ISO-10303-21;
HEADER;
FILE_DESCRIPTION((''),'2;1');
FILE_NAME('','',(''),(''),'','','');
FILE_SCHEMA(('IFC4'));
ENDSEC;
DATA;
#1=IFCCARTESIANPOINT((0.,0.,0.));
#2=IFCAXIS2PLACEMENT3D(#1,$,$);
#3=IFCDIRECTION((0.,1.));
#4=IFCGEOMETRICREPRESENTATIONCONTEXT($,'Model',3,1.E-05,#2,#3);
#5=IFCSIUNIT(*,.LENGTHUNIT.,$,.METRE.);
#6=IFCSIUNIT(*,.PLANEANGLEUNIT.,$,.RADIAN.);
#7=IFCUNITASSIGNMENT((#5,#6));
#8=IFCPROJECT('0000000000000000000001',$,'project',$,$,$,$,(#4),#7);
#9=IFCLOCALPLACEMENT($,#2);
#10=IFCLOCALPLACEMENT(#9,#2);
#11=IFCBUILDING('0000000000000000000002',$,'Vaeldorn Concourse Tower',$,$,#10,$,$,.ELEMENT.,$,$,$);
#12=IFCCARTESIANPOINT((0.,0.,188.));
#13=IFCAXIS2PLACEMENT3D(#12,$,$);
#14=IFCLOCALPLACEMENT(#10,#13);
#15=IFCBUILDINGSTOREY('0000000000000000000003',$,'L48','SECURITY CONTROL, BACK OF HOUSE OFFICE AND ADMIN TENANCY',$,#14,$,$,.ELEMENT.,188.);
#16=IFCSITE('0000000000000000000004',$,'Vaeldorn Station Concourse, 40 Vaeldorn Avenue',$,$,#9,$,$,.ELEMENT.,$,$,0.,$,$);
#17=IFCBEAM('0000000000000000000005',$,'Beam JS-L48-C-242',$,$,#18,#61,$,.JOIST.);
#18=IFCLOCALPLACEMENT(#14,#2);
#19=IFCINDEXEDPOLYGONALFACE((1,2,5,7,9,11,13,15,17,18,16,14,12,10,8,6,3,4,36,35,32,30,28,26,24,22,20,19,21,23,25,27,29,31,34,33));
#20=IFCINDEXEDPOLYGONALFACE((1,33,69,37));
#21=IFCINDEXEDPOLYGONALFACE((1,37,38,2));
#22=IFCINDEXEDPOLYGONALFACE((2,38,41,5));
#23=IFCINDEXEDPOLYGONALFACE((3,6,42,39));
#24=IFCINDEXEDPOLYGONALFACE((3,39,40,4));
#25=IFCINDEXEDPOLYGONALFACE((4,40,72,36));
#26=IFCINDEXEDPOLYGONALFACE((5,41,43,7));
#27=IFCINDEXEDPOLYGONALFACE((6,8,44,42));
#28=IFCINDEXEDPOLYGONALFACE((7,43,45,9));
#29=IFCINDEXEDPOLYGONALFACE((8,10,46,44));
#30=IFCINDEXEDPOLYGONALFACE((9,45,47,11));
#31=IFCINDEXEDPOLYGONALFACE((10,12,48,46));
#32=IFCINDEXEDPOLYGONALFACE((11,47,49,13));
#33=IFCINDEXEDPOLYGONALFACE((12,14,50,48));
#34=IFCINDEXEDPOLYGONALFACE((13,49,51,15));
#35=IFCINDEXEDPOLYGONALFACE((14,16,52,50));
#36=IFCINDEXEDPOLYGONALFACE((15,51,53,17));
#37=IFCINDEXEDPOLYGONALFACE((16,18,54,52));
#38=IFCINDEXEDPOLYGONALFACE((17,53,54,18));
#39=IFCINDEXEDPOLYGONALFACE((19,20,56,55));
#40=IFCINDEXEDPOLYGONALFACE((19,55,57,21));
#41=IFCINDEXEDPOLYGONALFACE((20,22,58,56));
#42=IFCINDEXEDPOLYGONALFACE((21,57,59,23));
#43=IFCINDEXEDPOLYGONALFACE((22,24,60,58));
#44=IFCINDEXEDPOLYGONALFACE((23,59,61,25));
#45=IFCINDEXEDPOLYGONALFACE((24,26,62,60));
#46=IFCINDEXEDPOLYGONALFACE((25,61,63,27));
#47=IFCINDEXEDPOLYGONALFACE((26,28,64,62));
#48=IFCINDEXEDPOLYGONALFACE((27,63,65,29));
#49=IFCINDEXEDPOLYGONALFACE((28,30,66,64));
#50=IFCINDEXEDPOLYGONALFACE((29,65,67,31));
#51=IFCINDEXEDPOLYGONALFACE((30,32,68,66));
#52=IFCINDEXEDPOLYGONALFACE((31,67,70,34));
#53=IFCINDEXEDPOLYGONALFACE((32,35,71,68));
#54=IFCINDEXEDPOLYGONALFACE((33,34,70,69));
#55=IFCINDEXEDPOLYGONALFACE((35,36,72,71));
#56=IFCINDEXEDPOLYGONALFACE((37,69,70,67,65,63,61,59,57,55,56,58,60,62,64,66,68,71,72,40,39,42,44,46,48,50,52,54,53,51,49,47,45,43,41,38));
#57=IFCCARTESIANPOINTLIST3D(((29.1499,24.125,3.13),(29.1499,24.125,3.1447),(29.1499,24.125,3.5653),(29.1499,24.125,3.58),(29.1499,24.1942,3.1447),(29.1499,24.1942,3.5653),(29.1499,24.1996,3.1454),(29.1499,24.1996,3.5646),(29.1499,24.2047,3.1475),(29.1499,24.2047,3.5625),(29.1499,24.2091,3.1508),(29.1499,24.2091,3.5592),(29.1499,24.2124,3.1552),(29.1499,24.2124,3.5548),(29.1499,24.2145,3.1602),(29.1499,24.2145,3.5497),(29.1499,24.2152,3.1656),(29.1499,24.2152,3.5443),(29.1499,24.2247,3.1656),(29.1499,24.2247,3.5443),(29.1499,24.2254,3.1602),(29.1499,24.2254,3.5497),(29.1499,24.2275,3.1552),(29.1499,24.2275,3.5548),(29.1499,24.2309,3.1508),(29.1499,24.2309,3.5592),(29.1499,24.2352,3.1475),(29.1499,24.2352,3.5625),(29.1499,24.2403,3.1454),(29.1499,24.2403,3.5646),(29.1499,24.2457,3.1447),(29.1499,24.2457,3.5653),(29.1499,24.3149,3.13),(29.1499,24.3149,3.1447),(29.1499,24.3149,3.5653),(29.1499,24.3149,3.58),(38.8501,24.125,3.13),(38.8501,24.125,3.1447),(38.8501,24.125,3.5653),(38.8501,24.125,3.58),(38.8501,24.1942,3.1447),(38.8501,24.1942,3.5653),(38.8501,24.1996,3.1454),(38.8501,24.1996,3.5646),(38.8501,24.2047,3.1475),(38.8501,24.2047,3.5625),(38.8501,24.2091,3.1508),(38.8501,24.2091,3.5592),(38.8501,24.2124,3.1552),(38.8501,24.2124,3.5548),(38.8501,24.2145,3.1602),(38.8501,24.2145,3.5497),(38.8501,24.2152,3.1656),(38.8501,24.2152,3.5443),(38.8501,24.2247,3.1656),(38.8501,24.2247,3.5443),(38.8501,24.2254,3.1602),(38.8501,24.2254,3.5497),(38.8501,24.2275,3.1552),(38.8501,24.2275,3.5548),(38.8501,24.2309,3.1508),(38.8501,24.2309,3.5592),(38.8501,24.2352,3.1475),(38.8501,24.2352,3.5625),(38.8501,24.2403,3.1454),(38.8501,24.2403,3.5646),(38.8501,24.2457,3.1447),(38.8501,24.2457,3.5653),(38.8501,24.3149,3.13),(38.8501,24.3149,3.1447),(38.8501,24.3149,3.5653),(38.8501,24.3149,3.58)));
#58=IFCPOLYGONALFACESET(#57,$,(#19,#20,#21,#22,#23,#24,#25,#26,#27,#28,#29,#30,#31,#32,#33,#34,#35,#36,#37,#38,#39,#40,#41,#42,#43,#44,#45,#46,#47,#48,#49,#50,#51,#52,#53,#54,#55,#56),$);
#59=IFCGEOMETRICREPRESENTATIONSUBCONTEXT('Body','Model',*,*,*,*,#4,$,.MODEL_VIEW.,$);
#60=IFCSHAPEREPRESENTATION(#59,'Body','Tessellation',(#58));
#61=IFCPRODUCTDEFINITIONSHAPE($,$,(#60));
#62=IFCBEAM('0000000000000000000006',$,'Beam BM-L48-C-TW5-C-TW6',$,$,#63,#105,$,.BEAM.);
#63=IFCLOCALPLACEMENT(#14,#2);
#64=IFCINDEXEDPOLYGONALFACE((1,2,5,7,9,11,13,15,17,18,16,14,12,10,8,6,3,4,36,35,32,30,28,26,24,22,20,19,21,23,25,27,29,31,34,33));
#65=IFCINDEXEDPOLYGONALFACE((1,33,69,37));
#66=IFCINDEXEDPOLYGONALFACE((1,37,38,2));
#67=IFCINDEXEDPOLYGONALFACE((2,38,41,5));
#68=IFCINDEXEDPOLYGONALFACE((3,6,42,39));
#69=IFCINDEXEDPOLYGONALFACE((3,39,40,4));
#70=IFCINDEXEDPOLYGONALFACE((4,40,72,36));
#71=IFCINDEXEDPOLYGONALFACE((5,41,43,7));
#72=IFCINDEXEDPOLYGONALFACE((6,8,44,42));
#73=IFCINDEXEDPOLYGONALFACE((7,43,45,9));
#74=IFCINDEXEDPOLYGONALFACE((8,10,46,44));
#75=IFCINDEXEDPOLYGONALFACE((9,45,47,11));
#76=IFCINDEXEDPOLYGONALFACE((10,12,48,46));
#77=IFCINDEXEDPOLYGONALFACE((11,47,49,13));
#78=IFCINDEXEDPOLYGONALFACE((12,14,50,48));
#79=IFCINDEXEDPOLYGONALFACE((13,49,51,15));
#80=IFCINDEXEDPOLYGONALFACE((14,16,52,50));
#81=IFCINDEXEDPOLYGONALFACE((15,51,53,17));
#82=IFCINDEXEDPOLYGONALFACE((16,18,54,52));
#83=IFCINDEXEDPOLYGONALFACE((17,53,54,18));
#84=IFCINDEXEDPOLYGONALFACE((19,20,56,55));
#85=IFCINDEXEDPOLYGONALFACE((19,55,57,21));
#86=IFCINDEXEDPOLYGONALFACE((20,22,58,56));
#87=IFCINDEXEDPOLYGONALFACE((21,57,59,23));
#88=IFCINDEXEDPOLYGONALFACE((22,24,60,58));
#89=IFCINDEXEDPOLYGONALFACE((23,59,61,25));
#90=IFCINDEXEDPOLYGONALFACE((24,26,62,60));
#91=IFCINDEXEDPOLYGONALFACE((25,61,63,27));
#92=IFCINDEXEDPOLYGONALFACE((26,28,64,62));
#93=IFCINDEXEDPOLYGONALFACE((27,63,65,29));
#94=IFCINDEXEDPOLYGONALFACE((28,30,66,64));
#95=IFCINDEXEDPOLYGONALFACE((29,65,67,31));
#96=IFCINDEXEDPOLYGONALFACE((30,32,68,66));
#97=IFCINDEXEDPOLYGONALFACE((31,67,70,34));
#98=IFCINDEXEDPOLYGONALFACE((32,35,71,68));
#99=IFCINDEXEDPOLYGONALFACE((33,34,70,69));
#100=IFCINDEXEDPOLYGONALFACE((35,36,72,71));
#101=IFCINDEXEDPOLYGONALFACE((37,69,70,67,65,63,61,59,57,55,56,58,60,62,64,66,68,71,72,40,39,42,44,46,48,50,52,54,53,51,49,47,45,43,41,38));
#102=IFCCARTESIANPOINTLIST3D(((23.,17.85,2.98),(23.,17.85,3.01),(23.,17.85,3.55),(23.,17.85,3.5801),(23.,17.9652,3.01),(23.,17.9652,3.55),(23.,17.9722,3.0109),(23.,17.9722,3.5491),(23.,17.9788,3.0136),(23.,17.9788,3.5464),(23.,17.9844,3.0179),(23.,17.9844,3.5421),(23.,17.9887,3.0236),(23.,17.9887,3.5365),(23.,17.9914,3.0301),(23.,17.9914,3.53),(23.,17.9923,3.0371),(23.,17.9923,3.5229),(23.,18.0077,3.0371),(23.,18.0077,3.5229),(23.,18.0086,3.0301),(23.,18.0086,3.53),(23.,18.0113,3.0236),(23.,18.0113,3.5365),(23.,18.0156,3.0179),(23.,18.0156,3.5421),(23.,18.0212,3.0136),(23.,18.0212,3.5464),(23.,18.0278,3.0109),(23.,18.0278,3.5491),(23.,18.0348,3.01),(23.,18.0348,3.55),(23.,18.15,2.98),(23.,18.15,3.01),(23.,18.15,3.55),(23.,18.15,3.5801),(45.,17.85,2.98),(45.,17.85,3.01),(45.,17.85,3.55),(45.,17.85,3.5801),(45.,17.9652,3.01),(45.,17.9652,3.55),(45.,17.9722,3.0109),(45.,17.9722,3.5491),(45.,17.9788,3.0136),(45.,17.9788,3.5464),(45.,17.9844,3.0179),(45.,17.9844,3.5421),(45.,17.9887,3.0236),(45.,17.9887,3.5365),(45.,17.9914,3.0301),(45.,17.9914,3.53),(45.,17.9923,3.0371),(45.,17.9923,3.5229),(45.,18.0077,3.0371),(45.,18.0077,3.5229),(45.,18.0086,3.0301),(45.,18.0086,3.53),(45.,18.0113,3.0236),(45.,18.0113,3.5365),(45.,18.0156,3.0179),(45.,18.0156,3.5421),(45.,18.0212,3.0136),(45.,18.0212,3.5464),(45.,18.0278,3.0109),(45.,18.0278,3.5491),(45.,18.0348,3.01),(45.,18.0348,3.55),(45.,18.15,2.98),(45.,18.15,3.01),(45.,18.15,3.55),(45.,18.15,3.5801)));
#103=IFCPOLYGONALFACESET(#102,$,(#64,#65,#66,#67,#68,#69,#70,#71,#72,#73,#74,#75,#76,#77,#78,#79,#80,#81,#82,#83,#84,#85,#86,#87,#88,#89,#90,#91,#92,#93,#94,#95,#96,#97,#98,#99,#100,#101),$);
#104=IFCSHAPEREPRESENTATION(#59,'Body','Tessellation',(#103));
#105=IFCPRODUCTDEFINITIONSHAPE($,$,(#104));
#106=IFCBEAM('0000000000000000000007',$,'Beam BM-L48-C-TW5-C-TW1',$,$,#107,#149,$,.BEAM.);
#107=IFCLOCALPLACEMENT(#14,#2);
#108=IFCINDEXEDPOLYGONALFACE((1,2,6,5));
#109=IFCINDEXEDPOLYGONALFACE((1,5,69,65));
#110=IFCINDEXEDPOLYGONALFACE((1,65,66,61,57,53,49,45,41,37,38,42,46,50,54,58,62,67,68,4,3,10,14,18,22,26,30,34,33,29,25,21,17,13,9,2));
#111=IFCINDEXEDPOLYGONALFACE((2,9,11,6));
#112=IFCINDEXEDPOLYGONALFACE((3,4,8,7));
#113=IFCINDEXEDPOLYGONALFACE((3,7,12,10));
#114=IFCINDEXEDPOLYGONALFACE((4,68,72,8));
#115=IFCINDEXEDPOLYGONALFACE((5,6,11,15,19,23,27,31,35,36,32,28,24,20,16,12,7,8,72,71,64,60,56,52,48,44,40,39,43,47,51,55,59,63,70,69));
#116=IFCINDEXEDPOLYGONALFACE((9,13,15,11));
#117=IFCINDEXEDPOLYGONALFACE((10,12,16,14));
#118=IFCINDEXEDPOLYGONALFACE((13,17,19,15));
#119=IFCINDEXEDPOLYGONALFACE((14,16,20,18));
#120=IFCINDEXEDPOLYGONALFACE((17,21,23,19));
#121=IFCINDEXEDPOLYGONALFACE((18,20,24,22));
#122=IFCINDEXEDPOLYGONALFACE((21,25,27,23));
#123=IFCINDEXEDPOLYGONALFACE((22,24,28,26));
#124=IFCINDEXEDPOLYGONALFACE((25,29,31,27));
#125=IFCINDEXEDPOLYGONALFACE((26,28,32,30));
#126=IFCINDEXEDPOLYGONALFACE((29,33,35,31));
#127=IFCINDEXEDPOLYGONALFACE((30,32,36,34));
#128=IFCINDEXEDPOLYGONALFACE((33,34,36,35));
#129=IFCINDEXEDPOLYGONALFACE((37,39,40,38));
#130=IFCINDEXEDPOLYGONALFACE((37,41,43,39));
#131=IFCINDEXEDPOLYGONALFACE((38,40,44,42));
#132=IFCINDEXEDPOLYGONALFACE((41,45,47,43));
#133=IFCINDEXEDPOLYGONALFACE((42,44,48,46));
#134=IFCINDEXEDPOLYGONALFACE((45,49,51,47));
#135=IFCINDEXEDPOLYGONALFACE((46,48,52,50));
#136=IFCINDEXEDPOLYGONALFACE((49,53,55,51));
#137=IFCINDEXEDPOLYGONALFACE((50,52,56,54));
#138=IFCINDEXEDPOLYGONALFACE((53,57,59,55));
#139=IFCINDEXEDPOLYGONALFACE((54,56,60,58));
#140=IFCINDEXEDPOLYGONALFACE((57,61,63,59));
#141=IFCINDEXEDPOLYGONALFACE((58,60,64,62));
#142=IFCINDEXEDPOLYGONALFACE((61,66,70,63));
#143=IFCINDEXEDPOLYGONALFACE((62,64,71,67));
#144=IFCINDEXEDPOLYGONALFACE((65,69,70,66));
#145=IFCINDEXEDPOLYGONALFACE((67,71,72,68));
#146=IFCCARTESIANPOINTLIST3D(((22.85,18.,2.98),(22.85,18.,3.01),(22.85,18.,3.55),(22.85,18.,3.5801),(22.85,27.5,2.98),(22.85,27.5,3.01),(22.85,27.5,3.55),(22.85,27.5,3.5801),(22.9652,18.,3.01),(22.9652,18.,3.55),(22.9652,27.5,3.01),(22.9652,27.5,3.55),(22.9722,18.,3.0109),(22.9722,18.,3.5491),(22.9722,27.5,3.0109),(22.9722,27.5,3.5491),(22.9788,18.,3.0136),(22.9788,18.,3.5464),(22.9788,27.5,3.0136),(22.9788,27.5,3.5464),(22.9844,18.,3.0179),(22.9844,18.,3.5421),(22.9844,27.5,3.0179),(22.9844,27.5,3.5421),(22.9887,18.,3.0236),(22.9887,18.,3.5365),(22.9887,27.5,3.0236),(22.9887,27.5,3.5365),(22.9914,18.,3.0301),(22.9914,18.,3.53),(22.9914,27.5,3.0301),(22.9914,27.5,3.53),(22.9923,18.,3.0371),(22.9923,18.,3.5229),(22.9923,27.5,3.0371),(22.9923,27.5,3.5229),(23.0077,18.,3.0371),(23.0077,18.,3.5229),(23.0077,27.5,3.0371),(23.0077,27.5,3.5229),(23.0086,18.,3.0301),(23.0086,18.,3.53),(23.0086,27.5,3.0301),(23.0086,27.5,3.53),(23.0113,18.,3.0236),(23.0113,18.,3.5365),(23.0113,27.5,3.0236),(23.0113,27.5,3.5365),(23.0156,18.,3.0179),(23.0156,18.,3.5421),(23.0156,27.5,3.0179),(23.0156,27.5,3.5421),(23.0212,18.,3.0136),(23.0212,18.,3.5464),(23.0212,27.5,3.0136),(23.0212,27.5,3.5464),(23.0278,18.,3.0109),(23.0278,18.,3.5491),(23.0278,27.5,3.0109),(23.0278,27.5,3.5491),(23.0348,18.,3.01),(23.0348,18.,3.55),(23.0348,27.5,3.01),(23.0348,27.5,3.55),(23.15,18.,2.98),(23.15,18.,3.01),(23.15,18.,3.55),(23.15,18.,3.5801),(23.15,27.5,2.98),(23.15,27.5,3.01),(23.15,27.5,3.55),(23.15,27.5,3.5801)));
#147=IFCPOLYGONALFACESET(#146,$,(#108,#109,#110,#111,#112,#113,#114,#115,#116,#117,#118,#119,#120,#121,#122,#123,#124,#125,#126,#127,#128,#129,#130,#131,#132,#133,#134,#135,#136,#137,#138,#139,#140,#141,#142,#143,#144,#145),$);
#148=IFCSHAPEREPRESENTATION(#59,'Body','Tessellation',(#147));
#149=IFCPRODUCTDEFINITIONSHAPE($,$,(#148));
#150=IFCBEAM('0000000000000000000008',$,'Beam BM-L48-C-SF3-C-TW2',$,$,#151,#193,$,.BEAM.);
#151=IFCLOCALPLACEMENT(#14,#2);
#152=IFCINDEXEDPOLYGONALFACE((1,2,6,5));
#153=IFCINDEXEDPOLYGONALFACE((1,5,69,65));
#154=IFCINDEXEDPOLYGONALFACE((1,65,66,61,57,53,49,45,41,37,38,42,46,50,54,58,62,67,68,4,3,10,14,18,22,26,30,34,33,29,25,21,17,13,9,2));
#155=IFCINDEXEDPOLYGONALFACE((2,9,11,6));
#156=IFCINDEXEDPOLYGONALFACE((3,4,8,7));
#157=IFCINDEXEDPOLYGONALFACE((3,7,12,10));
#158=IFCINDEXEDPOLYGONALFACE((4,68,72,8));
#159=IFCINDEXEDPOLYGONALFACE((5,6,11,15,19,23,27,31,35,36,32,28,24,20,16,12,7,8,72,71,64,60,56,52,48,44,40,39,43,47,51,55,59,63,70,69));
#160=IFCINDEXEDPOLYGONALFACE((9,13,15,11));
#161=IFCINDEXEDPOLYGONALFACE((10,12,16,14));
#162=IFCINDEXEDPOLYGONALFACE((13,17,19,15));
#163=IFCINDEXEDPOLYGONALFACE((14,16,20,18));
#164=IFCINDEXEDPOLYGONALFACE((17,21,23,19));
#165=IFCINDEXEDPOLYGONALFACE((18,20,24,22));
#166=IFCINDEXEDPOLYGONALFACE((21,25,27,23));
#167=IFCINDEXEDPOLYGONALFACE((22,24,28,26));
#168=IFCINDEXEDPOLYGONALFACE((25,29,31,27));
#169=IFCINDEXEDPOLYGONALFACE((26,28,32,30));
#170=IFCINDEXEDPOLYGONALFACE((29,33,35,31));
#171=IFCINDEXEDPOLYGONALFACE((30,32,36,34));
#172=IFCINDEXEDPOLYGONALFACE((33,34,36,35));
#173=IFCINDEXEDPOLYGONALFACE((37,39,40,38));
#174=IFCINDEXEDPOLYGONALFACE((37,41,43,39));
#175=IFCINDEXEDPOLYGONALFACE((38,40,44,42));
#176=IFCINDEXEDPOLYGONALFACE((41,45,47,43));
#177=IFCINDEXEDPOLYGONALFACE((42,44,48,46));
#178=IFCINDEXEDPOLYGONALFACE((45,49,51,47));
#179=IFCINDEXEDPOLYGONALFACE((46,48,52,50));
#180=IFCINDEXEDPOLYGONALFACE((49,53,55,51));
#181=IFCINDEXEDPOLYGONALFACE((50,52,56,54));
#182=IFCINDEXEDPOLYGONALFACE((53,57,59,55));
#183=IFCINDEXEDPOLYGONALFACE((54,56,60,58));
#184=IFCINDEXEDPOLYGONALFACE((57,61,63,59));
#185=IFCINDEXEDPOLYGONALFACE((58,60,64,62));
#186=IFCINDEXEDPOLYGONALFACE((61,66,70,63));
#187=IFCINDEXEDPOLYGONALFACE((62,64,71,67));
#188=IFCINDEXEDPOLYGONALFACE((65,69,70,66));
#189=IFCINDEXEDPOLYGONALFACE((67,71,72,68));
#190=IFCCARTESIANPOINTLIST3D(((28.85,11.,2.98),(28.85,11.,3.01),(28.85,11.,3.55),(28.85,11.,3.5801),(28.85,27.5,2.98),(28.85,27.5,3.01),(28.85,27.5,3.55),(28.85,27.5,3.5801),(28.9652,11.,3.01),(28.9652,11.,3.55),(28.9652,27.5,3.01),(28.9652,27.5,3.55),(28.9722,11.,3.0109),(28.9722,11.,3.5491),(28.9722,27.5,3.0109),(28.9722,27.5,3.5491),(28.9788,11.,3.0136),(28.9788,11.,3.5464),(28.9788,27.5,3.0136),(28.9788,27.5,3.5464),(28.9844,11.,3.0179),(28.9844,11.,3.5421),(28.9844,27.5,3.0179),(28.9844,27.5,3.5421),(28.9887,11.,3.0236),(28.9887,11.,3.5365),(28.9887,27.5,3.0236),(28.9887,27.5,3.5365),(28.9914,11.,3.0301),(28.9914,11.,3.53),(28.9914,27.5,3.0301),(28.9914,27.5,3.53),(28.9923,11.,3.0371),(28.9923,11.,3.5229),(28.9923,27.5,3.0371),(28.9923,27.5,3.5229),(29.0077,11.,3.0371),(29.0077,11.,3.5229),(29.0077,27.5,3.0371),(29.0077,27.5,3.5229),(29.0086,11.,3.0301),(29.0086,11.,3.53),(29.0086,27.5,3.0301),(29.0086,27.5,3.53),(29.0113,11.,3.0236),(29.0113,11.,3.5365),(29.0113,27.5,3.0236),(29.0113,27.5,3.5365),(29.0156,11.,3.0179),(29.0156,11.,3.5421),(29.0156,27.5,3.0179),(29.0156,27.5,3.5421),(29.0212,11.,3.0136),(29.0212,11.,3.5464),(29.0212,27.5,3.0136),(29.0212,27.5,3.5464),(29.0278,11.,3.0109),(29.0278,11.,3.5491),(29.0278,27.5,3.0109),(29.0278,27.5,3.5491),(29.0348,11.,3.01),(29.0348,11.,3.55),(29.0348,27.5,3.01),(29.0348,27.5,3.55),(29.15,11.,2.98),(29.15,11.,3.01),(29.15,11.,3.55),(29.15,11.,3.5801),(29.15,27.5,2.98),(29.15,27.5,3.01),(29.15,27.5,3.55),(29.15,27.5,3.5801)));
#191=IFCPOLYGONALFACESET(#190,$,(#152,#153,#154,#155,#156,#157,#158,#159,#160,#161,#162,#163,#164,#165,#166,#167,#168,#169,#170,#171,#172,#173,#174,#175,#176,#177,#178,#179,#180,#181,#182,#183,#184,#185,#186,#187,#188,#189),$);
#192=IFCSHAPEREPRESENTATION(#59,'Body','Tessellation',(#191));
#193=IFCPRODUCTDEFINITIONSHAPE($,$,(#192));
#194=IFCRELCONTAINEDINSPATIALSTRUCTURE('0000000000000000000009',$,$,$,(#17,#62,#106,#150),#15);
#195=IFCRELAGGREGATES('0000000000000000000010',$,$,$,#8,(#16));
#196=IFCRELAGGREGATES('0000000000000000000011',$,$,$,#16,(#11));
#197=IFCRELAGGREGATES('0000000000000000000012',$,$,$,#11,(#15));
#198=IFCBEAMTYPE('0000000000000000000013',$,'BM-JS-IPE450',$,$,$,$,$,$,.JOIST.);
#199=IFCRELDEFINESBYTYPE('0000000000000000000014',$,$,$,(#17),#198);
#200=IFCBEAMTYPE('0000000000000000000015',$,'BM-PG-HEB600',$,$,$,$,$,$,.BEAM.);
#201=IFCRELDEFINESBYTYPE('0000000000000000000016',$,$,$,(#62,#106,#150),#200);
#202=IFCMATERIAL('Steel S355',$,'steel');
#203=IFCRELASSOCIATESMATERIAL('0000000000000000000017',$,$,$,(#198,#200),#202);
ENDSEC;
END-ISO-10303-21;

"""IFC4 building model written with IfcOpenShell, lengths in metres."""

from ifc_helpers import new_model, si_unit, direction, frame, origin, origin_2d, place, context, subcontext, project, spatial, i_section, extrude, source, transform, mapped, material, material_profile, profile_set, type_object, element, save


model = new_model("IFC4")

# Units and contexts
model_context = context("Model", 3, precision=1e-05, world=origin(), true_north=direction((0.0, 1.0)))
body_context = subcontext(model_context, "Body", "Model", "MODEL_VIEW")
ifc_project = project(units=[si_unit("LENGTHUNIT", "METRE"), si_unit("PLANEANGLEUNIT", "RADIAN")], contexts=[model_context])

# Site, building, storey
site_placement = place(None, origin())
site = spatial("IfcSite", under=ifc_project, at=site_placement, Name="Vaeldorn Station Concourse, 40 Vaeldorn Avenue", CompositionType="ELEMENT", RefElevation=0.0)
building_placement = place(site_placement, origin())
building = spatial("IfcBuilding", under=site, at=building_placement, Name="Vaeldorn Concourse Tower", CompositionType="ELEMENT")
storey_placement = place(building_placement, frame((0.0, 0.0, 188.0)))
storey = spatial("IfcBuildingStorey", under=building, at=storey_placement, Name="L48", Description="SECURITY CONTROL, BACK OF HOUSE OFFICE AND ADMIN TENANCY", CompositionType="ELEMENT", Elevation=188.0)

# Shared definitions
ifc_material_1 = material(Name="Steel S355", Category="steel")

# Beams
ifc_material_profile_1 = material_profile(ifc_material_1, i_section(OverallWidth=0.1899, OverallDepth=0.45, WebThickness=0.0095, FlangeThickness=0.0146, FilletRadius=0.021, at=origin_2d()), Name="IPE 450")
ifc_profile_set_1 = profile_set([ifc_material_profile_1], Name="Steel S355")
beam_type_1 = type_object("IfcBeamType", Name="BM-JS-IPE450", PredefinedType="JOIST", material=ifc_profile_set_1)
shared_shape_1 = source(origin(), body_context, "Body", "SweptSolid", [
    extrude(i_section(OverallWidth=0.1899, OverallDepth=0.45, WebThickness=0.0095, FlangeThickness=0.0146, FilletRadius=0.021, at=origin_2d()), origin(), (0.0, 0.0, 1.0), 9.7002),
])
for number, where, z_axis, x_axis, name in (
    (1, (29.1499, 24.22, 3.355), (1.0, 0.0, 0.0), (0.0, 1.0, 0.0), "Beam JS-L48-C-242"),
):
    element("IfcBeam", number, at=place(storey_placement, frame(where, z_axis=z_axis, x_axis=x_axis)), inside=storey, type_object=beam_type_1, Name=name, PredefinedType="JOIST", context=body_context, shape_type="MappedRepresentation", body=[
        mapped(shared_shape_1, transform((0.0, 0.0, 0.0), scale=1.0)),
    ])
ifc_material_profile_2 = material_profile(ifc_material_1, i_section(OverallWidth=0.3, OverallDepth=0.6001, WebThickness=0.0154, FlangeThickness=0.03, FilletRadius=0.0271, at=origin_2d()), Name="HEB 600")
ifc_profile_set_2 = profile_set([ifc_material_profile_2], Name="Steel S355")
beam_type_2 = type_object("IfcBeamType", Name="BM-PG-HEB600", PredefinedType="BEAM", material=ifc_profile_set_2)
shared_shape_2 = source(origin(), body_context, "Body", "SweptSolid", [
    extrude(i_section(OverallWidth=0.3, OverallDepth=0.6001, WebThickness=0.0154, FlangeThickness=0.03, FilletRadius=0.0271, at=origin_2d()), origin(), (0.0, 0.0, 1.0), 22.0),
])
beam_1_placement = place(storey_placement, frame((23.0, 18.0, 3.28), z_axis=(1.0, 0.0, 0.0), x_axis=(0.0, 1.0, 0.0)))
element("IfcBeam", 2, at=beam_1_placement, inside=storey, type_object=beam_type_2, Name="Beam BM-L48-C-TW5-C-TW6", PredefinedType="BEAM", context=body_context, shape_type="MappedRepresentation", body=[
    mapped(shared_shape_2, transform((0.0, 0.0, 0.0), scale=1.0)),
])
shared_shape_3 = source(origin(), body_context, "Body", "SweptSolid", [
    extrude(i_section(OverallWidth=0.3, OverallDepth=0.6001, WebThickness=0.0154, FlangeThickness=0.03, FilletRadius=0.0271, at=origin_2d()), origin(), (0.0, 0.0, 1.0), 9.5),
])
beam_2_placement = place(storey_placement, frame((23.0, 18.0, 3.28), z_axis=(0.0, 1.0, 0.0), x_axis=(-1.0, 0.0, 0.0)))
element("IfcBeam", 3, at=beam_2_placement, inside=storey, type_object=beam_type_2, Name="Beam BM-L48-C-TW5-C-TW1", PredefinedType="BEAM", context=body_context, shape_type="MappedRepresentation", body=[
    mapped(shared_shape_3, transform((0.0, 0.0, 0.0), scale=1.0)),
])
shared_shape_4 = source(origin(), body_context, "Body", "SweptSolid", [
    extrude(i_section(OverallWidth=0.3, OverallDepth=0.6001, WebThickness=0.0154, FlangeThickness=0.03, FilletRadius=0.0271, at=origin_2d()), origin(), (0.0, 0.0, 1.0), 16.5),
])
beam_3_placement = place(storey_placement, frame((29.0, 11.0, 3.28), z_axis=(0.0, 1.0, 0.0), x_axis=(-1.0, 0.0, 0.0)))
element("IfcBeam", 4, at=beam_3_placement, inside=storey, type_object=beam_type_2, Name="Beam BM-L48-C-SF3-C-TW2", PredefinedType="BEAM", context=body_context, shape_type="MappedRepresentation", body=[
    mapped(shared_shape_4, transform((0.0, 0.0, 0.0), scale=1.0)),
])

save(model, "model.ifc")
